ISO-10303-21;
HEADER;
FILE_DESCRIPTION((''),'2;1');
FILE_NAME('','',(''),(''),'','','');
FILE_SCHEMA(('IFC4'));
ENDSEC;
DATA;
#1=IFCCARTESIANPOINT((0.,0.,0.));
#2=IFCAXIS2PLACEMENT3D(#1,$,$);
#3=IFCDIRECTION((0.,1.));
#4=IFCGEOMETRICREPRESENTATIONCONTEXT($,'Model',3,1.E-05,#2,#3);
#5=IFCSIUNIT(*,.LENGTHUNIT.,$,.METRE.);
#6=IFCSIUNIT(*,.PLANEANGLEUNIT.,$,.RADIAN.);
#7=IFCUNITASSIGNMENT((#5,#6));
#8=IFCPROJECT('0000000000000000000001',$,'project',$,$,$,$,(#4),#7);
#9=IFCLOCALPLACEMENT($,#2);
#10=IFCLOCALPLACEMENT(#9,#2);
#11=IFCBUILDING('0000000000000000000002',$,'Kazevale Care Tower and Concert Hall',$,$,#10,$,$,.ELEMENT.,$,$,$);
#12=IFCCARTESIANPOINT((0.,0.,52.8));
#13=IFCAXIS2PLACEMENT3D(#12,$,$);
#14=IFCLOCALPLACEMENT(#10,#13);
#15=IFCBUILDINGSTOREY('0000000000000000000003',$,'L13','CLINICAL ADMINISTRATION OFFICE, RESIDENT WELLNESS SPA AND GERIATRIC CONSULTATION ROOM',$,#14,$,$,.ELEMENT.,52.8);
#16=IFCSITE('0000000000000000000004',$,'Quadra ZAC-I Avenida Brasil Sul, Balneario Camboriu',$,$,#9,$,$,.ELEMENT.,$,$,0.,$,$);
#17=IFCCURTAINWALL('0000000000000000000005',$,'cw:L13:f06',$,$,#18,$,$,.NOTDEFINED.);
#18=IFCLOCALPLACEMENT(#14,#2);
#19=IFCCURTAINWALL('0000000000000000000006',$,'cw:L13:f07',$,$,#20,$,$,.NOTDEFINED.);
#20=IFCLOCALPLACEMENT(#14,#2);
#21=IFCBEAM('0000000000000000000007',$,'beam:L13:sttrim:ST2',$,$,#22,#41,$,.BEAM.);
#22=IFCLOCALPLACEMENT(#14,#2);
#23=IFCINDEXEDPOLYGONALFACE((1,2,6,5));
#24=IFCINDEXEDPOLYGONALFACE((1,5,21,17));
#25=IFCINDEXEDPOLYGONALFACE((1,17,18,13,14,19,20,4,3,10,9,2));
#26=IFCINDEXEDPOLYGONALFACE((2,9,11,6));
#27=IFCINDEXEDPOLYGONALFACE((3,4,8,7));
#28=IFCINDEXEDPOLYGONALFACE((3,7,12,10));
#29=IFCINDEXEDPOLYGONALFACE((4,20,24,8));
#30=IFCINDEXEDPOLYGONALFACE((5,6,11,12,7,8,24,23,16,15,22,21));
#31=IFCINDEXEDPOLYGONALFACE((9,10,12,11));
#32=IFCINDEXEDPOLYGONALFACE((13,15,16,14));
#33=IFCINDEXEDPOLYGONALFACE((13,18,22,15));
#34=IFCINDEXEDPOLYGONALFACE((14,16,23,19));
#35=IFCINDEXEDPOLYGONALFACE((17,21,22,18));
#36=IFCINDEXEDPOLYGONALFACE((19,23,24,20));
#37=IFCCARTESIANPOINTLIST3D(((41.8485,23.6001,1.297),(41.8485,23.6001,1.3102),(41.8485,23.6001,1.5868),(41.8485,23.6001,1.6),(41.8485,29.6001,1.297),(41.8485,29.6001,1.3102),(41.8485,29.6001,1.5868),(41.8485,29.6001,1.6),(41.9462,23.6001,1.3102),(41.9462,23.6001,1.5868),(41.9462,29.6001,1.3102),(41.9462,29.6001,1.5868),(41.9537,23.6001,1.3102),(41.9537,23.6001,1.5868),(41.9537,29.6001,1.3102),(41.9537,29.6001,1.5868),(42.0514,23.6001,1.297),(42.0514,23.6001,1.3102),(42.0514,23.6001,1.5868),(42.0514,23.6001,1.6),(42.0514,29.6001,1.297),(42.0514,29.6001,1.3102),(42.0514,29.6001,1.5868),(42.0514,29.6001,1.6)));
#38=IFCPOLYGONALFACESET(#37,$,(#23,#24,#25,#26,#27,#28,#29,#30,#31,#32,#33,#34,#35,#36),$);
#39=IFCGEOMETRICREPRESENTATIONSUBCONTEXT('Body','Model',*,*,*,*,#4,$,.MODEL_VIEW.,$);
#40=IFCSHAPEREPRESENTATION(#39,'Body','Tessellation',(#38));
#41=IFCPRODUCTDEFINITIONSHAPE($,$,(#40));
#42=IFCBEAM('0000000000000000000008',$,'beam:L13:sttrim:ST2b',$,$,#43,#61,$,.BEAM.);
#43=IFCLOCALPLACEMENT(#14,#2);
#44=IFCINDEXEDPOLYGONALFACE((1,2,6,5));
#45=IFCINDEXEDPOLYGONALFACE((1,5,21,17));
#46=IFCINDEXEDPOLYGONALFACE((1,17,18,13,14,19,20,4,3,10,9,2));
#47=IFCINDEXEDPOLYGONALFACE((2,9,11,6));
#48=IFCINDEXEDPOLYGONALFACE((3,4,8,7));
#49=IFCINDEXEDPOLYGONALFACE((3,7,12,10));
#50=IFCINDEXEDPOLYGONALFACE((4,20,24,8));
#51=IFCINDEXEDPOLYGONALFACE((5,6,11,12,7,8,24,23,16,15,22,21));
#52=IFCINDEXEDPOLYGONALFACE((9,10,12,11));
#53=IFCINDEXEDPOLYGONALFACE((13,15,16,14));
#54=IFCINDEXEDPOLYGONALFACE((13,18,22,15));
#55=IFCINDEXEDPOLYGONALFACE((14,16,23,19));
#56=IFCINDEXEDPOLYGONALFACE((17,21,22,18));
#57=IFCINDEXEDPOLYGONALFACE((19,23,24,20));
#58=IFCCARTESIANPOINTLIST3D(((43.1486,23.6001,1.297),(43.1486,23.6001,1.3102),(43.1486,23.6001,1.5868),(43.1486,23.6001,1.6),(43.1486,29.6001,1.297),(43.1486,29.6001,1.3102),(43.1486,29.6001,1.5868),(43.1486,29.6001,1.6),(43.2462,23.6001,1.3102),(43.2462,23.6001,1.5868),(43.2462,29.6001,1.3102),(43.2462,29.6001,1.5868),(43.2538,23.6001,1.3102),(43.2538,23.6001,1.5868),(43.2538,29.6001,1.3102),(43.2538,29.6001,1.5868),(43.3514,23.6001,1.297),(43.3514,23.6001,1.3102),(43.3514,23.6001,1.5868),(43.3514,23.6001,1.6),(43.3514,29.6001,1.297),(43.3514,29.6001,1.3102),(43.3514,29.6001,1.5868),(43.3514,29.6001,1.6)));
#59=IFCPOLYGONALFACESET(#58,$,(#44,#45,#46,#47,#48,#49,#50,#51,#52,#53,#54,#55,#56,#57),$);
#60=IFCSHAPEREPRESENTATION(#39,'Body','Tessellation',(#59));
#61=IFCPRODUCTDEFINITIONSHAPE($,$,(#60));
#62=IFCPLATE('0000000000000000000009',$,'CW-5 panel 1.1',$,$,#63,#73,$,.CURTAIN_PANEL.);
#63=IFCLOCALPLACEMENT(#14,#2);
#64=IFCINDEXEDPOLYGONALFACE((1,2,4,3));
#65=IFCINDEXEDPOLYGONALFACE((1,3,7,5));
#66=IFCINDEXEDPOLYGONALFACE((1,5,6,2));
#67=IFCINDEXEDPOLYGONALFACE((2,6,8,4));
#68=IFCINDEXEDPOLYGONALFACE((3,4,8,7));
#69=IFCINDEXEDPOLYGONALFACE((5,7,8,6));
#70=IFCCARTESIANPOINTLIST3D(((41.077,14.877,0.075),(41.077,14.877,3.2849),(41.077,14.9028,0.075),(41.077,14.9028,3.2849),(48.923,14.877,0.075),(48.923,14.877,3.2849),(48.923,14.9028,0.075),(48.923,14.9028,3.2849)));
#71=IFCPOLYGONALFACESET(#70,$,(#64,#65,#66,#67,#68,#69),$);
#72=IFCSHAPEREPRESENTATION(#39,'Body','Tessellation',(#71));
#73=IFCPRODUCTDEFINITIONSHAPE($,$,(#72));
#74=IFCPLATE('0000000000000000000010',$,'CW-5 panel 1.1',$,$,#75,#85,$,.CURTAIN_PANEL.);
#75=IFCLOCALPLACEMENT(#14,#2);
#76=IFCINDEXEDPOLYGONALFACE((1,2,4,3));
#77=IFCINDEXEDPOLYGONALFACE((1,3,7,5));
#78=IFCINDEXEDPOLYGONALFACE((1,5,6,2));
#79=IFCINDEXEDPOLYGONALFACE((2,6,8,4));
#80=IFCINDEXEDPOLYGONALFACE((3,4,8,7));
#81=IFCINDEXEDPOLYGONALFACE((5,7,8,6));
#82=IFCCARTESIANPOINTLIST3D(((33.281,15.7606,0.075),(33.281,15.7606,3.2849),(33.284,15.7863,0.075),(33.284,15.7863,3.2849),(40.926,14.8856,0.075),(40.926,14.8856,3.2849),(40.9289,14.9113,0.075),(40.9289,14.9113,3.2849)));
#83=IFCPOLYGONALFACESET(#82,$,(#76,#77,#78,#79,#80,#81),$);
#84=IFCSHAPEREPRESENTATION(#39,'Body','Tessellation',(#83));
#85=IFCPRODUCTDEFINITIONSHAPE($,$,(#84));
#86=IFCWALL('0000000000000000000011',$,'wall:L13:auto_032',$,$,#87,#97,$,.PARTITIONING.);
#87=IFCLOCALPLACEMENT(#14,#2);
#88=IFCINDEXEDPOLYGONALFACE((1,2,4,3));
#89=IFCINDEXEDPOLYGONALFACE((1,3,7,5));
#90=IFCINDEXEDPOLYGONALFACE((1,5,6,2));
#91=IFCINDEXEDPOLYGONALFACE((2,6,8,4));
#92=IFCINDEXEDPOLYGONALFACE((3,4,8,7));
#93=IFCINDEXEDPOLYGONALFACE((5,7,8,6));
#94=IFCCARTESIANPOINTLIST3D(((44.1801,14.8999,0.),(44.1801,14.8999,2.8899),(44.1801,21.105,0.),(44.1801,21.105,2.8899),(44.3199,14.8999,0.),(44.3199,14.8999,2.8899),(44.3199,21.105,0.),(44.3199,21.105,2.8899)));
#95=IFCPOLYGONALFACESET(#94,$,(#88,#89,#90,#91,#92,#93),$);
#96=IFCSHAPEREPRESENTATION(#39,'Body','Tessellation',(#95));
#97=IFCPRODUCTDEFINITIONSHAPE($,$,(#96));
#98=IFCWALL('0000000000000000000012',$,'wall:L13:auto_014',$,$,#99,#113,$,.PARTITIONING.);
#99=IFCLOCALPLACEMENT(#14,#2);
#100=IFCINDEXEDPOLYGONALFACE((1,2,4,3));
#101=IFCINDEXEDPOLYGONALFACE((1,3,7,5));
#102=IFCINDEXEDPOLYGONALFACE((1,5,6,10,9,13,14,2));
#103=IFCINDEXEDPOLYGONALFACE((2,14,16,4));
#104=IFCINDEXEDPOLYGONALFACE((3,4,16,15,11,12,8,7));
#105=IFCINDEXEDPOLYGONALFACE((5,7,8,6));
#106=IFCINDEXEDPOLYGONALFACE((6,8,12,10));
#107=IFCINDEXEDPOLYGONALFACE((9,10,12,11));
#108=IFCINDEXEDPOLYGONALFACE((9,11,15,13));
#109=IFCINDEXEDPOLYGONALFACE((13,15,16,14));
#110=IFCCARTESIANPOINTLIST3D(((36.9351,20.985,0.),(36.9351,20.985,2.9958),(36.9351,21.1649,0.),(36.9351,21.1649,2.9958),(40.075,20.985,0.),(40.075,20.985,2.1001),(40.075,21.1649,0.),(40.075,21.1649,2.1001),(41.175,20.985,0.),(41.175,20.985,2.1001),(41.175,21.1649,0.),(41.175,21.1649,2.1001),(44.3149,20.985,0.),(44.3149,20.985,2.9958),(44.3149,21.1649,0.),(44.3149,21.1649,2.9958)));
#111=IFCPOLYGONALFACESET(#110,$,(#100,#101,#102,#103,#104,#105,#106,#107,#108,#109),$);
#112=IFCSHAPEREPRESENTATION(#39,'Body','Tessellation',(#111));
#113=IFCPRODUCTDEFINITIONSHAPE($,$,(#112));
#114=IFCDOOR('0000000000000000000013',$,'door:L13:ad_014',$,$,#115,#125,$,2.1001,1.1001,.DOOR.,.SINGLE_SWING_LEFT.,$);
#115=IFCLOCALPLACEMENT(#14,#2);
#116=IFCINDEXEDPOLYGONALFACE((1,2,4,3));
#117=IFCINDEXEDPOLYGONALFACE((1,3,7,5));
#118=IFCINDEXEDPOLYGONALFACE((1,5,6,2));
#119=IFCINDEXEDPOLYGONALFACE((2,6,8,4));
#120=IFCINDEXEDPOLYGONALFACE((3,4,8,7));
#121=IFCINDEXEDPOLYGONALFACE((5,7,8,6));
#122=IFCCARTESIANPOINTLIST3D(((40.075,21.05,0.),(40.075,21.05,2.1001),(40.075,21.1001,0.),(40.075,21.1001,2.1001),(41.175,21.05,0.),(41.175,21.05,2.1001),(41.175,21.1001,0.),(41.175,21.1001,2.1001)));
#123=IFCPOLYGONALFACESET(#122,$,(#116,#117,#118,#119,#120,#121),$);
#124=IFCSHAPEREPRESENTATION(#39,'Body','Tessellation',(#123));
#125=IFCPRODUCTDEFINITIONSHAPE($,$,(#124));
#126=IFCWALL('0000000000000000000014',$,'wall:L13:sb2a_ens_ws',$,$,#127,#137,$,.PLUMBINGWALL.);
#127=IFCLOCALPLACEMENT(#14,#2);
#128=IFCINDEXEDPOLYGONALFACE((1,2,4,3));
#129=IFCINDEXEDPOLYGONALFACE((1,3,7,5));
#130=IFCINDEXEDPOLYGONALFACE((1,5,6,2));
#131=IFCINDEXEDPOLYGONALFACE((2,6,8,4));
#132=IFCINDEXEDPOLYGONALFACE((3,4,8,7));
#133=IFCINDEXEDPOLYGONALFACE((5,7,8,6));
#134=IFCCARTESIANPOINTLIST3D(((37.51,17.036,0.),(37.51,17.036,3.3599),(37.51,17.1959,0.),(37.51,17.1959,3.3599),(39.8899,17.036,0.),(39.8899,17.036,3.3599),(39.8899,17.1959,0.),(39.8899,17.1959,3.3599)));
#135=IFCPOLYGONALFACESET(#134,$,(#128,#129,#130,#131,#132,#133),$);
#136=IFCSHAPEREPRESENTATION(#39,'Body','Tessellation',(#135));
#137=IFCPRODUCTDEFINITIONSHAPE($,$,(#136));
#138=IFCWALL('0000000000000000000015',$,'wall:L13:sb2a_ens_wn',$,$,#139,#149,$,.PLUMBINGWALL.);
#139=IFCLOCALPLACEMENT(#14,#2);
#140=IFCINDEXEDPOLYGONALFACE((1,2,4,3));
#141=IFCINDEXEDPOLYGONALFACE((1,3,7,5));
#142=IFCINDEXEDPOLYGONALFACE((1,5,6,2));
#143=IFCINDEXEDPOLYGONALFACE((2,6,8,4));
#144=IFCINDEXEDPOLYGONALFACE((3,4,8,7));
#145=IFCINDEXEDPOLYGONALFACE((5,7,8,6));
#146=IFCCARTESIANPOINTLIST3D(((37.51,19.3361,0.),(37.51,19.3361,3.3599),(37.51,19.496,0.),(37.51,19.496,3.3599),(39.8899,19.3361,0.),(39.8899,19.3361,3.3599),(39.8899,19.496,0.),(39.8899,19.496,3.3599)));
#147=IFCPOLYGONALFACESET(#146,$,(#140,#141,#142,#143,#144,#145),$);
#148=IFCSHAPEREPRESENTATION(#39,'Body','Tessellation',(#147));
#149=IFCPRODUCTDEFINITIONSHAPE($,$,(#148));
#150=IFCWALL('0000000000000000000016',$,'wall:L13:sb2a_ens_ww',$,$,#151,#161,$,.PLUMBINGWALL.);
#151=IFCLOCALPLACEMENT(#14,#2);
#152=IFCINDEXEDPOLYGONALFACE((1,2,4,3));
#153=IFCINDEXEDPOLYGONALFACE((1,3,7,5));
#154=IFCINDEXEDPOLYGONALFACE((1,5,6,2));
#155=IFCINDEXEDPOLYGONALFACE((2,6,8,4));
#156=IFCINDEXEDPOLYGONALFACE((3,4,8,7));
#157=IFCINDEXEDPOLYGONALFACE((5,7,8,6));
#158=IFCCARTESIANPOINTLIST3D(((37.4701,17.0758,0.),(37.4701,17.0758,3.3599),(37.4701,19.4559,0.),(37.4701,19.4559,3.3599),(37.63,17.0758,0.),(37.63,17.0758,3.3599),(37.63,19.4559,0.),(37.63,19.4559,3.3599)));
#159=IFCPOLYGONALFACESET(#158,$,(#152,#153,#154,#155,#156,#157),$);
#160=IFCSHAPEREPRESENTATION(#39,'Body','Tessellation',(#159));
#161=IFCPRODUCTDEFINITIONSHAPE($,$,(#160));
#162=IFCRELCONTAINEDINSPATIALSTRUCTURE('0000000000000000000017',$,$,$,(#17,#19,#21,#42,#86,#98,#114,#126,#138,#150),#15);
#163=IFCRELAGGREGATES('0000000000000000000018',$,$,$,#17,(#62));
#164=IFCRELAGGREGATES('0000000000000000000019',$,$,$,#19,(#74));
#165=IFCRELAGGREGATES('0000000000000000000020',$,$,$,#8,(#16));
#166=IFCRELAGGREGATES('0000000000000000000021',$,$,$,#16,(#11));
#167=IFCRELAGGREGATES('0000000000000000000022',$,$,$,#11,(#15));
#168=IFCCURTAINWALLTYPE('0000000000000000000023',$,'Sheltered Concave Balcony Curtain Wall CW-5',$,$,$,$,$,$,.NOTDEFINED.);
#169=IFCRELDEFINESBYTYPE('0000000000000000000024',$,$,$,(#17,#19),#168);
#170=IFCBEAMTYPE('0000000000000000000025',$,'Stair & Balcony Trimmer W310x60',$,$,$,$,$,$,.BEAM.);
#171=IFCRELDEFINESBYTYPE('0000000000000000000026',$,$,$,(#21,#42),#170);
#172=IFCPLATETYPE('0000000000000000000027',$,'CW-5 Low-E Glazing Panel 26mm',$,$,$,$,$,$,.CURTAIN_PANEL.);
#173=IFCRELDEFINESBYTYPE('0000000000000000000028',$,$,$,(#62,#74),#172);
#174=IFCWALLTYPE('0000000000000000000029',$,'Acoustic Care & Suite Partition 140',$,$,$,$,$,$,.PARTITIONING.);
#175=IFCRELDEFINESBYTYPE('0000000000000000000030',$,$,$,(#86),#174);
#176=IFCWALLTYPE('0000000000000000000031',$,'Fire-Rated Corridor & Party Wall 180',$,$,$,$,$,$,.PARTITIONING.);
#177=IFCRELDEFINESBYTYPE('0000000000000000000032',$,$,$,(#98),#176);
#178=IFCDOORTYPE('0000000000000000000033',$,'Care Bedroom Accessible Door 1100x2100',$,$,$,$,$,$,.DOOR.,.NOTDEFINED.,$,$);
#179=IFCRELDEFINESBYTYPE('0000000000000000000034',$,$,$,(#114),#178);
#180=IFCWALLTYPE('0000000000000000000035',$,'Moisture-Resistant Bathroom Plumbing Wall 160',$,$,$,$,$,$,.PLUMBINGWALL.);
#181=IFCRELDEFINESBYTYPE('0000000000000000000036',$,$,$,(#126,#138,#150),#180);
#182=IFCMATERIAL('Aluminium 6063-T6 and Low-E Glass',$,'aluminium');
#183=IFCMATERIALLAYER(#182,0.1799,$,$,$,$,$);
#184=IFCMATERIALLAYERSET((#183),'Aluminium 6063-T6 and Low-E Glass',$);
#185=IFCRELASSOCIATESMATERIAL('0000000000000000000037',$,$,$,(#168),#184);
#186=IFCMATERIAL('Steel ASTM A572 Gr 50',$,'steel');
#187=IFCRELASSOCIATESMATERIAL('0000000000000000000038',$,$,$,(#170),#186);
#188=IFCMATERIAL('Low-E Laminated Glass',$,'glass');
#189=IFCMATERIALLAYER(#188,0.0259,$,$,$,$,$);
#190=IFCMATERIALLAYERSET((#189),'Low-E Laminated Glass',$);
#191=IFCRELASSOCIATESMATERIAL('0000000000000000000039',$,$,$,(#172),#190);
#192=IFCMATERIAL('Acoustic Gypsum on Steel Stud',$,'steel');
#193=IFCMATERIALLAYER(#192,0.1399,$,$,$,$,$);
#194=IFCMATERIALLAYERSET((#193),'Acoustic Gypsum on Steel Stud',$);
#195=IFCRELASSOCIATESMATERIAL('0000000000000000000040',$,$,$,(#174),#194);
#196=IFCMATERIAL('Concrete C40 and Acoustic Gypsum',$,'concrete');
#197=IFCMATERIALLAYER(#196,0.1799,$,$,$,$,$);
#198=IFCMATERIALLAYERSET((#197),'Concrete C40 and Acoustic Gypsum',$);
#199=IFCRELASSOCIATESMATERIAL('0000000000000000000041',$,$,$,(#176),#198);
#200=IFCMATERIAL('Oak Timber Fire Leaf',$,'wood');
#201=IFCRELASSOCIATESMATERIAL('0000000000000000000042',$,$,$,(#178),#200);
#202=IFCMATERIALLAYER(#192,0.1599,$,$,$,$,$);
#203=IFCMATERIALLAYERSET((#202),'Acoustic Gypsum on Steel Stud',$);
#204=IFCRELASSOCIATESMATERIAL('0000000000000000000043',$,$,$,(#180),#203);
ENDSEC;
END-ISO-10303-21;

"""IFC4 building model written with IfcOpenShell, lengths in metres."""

from ifc_helpers import new_model, si_unit, direction, frame, frame_2d, origin, origin_2d, place, context, subcontext, project, spatial, rectangle, i_section, extrude, material, layer, layer_set, material_profile, profile_set, type_object, element, fill, aggregate, save


model = new_model("IFC4")

# Units and contexts
model_context = context("Model", 3, precision=1e-05, world=origin(), true_north=direction((0.0, 1.0)))
body_context = subcontext(model_context, "Body", "Model", "MODEL_VIEW")
ifc_project = project(units=[si_unit("LENGTHUNIT", "METRE"), si_unit("PLANEANGLEUNIT", "RADIAN")], contexts=[model_context])

# Site, building, storey
site_placement = place(None, origin())
site = spatial("IfcSite", under=ifc_project, at=site_placement, Name="Quadra ZAC-I Avenida Brasil Sul, Balneario Camboriu", CompositionType="ELEMENT", RefElevation=0.0)
building_placement = place(site_placement, origin())
building = spatial("IfcBuilding", under=site, at=building_placement, Name="Kazevale Care Tower and Concert Hall", CompositionType="ELEMENT")
storey_placement = place(building_placement, frame((0.0, 0.0, 52.8)))
storey = spatial("IfcBuildingStorey", under=building, at=storey_placement, Name="L13", Description="CLINICAL ADMINISTRATION OFFICE, RESIDENT WELLNESS SPA AND GERIATRIC CONSULTATION ROOM", CompositionType="ELEMENT", Elevation=52.8)

# Curtain wall
ifc_material_1 = material(Name="Aluminium 6063-T6 and Low-E Glass", Category="aluminium")
ifc_layer_1 = layer(ifc_material_1, 0.1799)
ifc_layer_set_1 = layer_set([ifc_layer_1], Name="Aluminium 6063-T6 and Low-E Glass")
curtain_wall_type = type_object("IfcCurtainWallType", Name="Sheltered Concave Balcony Curtain Wall CW-5", PredefinedType="NOTDEFINED", material=ifc_layer_set_1)
curtain_wall_1_placement = place(storey_placement, origin())
curtain_wall_1 = element("IfcCurtainWall", 1, at=curtain_wall_1_placement, inside=storey, type_object=curtain_wall_type, Name="cw:L13:f06", PredefinedType="NOTDEFINED")

# Curtain wall
curtain_wall_2_placement = place(storey_placement, origin())
curtain_wall_2 = element("IfcCurtainWall", 2, at=curtain_wall_2_placement, inside=storey, type_object=curtain_wall_type, Name="cw:L13:f07", PredefinedType="NOTDEFINED")

# Beams
ifc_material_2 = material(Name="Steel ASTM A572 Gr 50", Category="steel")
ifc_material_profile_1 = material_profile(ifc_material_2, i_section(OverallWidth=0.2029, OverallDepth=0.303, WebThickness=0.0076, FlangeThickness=0.0132, at=origin_2d()), Name="W310x60")
ifc_profile_set_1 = profile_set([ifc_material_profile_1], Name="Steel ASTM A572 Gr 50")
beam_type_1 = type_object("IfcBeamType", Name="Stair & Balcony Trimmer W310x60", PredefinedType="BEAM", material=ifc_profile_set_1)
for number, where, z_axis, x_axis, name in (
    (3, (41.95, 23.6001, 1.4485), (0.0, 1.0, 0.0), (-1.0, 0.0, 0.0), "beam:L13:sttrim:ST2"),
    (4, (43.25, 23.6001, 1.4485), (0.0, 1.0, 0.0), (-1.0, 0.0, 0.0), "beam:L13:sttrim:ST2b"),
):
    element("IfcBeam", number, at=place(storey_placement, frame(where, z_axis=z_axis, x_axis=x_axis)), inside=storey, type_object=beam_type_1, Name=name, PredefinedType="BEAM", context=body_context, shape_type="SweptSolid", body=[
        extrude(i_section(OverallWidth=0.2029, OverallDepth=0.303, WebThickness=0.0076, FlangeThickness=0.0132, at=origin_2d()), origin(), (0.0, 0.0, 1.0), 6.0),
    ])

# Plates
ifc_material_3 = material(Name="Low-E Laminated Glass", Category="glass")
ifc_layer_2 = layer(ifc_material_3, 0.0259)
ifc_layer_set_2 = layer_set([ifc_layer_2], Name="Low-E Laminated Glass")
plate_type = type_object("IfcPlateType", Name="CW-5 Low-E Glazing Panel 26mm", PredefinedType="CURTAIN_PANEL", material=ifc_layer_set_2)
plate_1_placement = place(storey_placement, frame((45.0, 14.8899, 0.075), z_axis=(0.0, 0.0, 1.0), x_axis=(-1.0, 0.0, 0.0)))
plate_1 = element("IfcPlate", 5, at=plate_1_placement, type_object=plate_type, Name="CW-5 panel 1.1", PredefinedType="CURTAIN_PANEL", context=body_context, shape_type="SweptSolid", body=[
    extrude(rectangle(XDim=7.8459, YDim=0.0259, at=origin_2d()), origin(), (0.0, 0.0, 1.0), 3.21),
])
aggregate(curtain_wall_1, [plate_1])
plate_2_placement = place(storey_placement, frame((37.105, 15.3359, 0.075), z_axis=(0.0, 0.0, 1.0), x_axis=(-0.993515, 0.113705, 0.0)))
plate_2 = element("IfcPlate", 6, at=plate_2_placement, type_object=plate_type, Name="CW-5 panel 1.1", PredefinedType="CURTAIN_PANEL", context=body_context, shape_type="SweptSolid", body=[
    extrude(rectangle(XDim=7.6948, YDim=0.0259, at=origin_2d()), origin(), (0.0, 0.0, 1.0), 3.21),
])
aggregate(curtain_wall_2, [plate_2])

# Wall
ifc_material_4 = material(Name="Acoustic Gypsum on Steel Stud", Category="steel")
ifc_layer_3 = layer(ifc_material_4, 0.1399)
ifc_layer_set_3 = layer_set([ifc_layer_3], Name="Acoustic Gypsum on Steel Stud")
wall_type_1 = type_object("IfcWallType", Name="Acoustic Care & Suite Partition 140", PredefinedType="PARTITIONING", material=ifc_layer_set_3)
wall_1_placement = place(storey_placement, frame((44.25, 21.105, 0.0), z_axis=(0.0, 0.0, 1.0), x_axis=(0.0, -1.0, 0.0)))
element("IfcWall", 7, at=wall_1_placement, inside=storey, type_object=wall_type_1, Name="wall:L13:auto_032", PredefinedType="PARTITIONING", context=body_context, shape_type="SweptSolid", body=[
    extrude(rectangle(XDim=6.2051, YDim=0.1399, at=frame_2d((3.1025, 0.0))), origin(), (0.0, 0.0, 1.0), 2.8899),
])

# Wall, opening, door
ifc_material_5 = material(Name="Concrete C40 and Acoustic Gypsum", Category="concrete")
ifc_layer_4 = layer(ifc_material_5, 0.1799)
ifc_layer_set_4 = layer_set([ifc_layer_4], Name="Concrete C40 and Acoustic Gypsum")
wall_type_2 = type_object("IfcWallType", Name="Fire-Rated Corridor & Party Wall 180", PredefinedType="PARTITIONING", material=ifc_layer_set_4)
wall_2_placement = place(storey_placement, frame((44.3149, 21.075, 0.0), z_axis=(0.0, 0.0, 1.0), x_axis=(-1.0, 0.0, 0.0)))
wall_2 = element("IfcWall", 8, at=wall_2_placement, inside=storey, type_object=wall_type_2, Name="wall:L13:auto_014", PredefinedType="PARTITIONING", context=body_context, shape_type="SweptSolid", body=[
    extrude(rectangle(XDim=7.3799, YDim=0.1799, at=frame_2d((3.6899, 0.0))), origin(), (0.0, 0.0, 1.0), 2.9958),
])
opening_1_placement = place(wall_2_placement, frame((3.1399, 0.0, 0.0)))
opening_1 = element("IfcOpeningElement", 9, at=opening_1_placement, cuts=wall_2, PredefinedType="OPENING", context=body_context, shape_type="SweptSolid", body=[
    extrude(rectangle(XDim=1.1001, YDim=2.1001, at=frame_2d((0.55, 1.05))), frame((0.0, 0.0999, 0.0), z_axis=(0.0, -1.0, 0.0), x_axis=(1.0, 0.0, 0.0)), (0.0, 0.0, 1.0), 0.2),
])
ifc_material_6 = material(Name="Oak Timber Fire Leaf", Category="wood")
door_type_1 = type_object("IfcDoorType", Name="Care Bedroom Accessible Door 1100x2100", OperationType="NOTDEFINED", PredefinedType="DOOR", material=ifc_material_6)
door_1_placement = place(opening_1_placement, origin())
door_1 = element("IfcDoor", 10, at=door_1_placement, inside=storey, type_object=door_type_1, Name="door:L13:ad_014", OperationType="SINGLE_SWING_LEFT", OverallHeight=2.1001, OverallWidth=1.1001, PredefinedType="DOOR", context=body_context, shape_type="SweptSolid", body=[
    extrude(rectangle(XDim=1.1001, YDim=2.1001, at=frame_2d((0.55, 1.05))), frame((0.0, 0.0249, 0.0), z_axis=(0.0, -1.0, 0.0), x_axis=(1.0, 0.0, 0.0)), (0.0, 0.0, 1.0), 0.05),
])
fill(opening_1, door_1)

# Walls
ifc_layer_5 = layer(ifc_material_4, 0.1599)
ifc_layer_set_5 = layer_set([ifc_layer_5], Name="Acoustic Gypsum on Steel Stud")
wall_type_3 = type_object("IfcWallType", Name="Moisture-Resistant Bathroom Plumbing Wall 160", PredefinedType="PLUMBINGWALL", material=ifc_layer_set_5)
for number, where, z_axis, x_axis, name in (
    (11, (37.51, 17.116, 0.0), (0.0, 0.0, 1.0), (1.0, 0.0, 0.0), "wall:L13:sb2a_ens_ws"),
    (12, (37.51, 19.416, 0.0), (0.0, 0.0, 1.0), (1.0, 0.0, 0.0), "wall:L13:sb2a_ens_wn"),
):
    element("IfcWall", number, at=place(storey_placement, frame(where, z_axis=z_axis, x_axis=x_axis)), inside=storey, type_object=wall_type_3, Name=name, PredefinedType="PLUMBINGWALL", context=body_context, shape_type="SweptSolid", body=[
        extrude(rectangle(XDim=2.3799, YDim=0.1599, at=frame_2d((1.1899, 0.0))), origin(), (0.0, 0.0, 1.0), 3.3599),
    ])
wall_3_placement = place(storey_placement, frame((37.55, 17.0759, 0.0), z_axis=(0.0, 0.0, 1.0), x_axis=(0.0, 1.0, 0.0)))
element("IfcWall", 13, at=wall_3_placement, inside=storey, type_object=wall_type_3, Name="wall:L13:sb2a_ens_ww", PredefinedType="PLUMBINGWALL", context=body_context, shape_type="SweptSolid", body=[
    extrude(rectangle(XDim=2.3801, YDim=0.1599, at=frame_2d((1.1899, 0.0))), origin(), (0.0, 0.0, 1.0), 3.3599),
])

save(model, "model.ifc")
